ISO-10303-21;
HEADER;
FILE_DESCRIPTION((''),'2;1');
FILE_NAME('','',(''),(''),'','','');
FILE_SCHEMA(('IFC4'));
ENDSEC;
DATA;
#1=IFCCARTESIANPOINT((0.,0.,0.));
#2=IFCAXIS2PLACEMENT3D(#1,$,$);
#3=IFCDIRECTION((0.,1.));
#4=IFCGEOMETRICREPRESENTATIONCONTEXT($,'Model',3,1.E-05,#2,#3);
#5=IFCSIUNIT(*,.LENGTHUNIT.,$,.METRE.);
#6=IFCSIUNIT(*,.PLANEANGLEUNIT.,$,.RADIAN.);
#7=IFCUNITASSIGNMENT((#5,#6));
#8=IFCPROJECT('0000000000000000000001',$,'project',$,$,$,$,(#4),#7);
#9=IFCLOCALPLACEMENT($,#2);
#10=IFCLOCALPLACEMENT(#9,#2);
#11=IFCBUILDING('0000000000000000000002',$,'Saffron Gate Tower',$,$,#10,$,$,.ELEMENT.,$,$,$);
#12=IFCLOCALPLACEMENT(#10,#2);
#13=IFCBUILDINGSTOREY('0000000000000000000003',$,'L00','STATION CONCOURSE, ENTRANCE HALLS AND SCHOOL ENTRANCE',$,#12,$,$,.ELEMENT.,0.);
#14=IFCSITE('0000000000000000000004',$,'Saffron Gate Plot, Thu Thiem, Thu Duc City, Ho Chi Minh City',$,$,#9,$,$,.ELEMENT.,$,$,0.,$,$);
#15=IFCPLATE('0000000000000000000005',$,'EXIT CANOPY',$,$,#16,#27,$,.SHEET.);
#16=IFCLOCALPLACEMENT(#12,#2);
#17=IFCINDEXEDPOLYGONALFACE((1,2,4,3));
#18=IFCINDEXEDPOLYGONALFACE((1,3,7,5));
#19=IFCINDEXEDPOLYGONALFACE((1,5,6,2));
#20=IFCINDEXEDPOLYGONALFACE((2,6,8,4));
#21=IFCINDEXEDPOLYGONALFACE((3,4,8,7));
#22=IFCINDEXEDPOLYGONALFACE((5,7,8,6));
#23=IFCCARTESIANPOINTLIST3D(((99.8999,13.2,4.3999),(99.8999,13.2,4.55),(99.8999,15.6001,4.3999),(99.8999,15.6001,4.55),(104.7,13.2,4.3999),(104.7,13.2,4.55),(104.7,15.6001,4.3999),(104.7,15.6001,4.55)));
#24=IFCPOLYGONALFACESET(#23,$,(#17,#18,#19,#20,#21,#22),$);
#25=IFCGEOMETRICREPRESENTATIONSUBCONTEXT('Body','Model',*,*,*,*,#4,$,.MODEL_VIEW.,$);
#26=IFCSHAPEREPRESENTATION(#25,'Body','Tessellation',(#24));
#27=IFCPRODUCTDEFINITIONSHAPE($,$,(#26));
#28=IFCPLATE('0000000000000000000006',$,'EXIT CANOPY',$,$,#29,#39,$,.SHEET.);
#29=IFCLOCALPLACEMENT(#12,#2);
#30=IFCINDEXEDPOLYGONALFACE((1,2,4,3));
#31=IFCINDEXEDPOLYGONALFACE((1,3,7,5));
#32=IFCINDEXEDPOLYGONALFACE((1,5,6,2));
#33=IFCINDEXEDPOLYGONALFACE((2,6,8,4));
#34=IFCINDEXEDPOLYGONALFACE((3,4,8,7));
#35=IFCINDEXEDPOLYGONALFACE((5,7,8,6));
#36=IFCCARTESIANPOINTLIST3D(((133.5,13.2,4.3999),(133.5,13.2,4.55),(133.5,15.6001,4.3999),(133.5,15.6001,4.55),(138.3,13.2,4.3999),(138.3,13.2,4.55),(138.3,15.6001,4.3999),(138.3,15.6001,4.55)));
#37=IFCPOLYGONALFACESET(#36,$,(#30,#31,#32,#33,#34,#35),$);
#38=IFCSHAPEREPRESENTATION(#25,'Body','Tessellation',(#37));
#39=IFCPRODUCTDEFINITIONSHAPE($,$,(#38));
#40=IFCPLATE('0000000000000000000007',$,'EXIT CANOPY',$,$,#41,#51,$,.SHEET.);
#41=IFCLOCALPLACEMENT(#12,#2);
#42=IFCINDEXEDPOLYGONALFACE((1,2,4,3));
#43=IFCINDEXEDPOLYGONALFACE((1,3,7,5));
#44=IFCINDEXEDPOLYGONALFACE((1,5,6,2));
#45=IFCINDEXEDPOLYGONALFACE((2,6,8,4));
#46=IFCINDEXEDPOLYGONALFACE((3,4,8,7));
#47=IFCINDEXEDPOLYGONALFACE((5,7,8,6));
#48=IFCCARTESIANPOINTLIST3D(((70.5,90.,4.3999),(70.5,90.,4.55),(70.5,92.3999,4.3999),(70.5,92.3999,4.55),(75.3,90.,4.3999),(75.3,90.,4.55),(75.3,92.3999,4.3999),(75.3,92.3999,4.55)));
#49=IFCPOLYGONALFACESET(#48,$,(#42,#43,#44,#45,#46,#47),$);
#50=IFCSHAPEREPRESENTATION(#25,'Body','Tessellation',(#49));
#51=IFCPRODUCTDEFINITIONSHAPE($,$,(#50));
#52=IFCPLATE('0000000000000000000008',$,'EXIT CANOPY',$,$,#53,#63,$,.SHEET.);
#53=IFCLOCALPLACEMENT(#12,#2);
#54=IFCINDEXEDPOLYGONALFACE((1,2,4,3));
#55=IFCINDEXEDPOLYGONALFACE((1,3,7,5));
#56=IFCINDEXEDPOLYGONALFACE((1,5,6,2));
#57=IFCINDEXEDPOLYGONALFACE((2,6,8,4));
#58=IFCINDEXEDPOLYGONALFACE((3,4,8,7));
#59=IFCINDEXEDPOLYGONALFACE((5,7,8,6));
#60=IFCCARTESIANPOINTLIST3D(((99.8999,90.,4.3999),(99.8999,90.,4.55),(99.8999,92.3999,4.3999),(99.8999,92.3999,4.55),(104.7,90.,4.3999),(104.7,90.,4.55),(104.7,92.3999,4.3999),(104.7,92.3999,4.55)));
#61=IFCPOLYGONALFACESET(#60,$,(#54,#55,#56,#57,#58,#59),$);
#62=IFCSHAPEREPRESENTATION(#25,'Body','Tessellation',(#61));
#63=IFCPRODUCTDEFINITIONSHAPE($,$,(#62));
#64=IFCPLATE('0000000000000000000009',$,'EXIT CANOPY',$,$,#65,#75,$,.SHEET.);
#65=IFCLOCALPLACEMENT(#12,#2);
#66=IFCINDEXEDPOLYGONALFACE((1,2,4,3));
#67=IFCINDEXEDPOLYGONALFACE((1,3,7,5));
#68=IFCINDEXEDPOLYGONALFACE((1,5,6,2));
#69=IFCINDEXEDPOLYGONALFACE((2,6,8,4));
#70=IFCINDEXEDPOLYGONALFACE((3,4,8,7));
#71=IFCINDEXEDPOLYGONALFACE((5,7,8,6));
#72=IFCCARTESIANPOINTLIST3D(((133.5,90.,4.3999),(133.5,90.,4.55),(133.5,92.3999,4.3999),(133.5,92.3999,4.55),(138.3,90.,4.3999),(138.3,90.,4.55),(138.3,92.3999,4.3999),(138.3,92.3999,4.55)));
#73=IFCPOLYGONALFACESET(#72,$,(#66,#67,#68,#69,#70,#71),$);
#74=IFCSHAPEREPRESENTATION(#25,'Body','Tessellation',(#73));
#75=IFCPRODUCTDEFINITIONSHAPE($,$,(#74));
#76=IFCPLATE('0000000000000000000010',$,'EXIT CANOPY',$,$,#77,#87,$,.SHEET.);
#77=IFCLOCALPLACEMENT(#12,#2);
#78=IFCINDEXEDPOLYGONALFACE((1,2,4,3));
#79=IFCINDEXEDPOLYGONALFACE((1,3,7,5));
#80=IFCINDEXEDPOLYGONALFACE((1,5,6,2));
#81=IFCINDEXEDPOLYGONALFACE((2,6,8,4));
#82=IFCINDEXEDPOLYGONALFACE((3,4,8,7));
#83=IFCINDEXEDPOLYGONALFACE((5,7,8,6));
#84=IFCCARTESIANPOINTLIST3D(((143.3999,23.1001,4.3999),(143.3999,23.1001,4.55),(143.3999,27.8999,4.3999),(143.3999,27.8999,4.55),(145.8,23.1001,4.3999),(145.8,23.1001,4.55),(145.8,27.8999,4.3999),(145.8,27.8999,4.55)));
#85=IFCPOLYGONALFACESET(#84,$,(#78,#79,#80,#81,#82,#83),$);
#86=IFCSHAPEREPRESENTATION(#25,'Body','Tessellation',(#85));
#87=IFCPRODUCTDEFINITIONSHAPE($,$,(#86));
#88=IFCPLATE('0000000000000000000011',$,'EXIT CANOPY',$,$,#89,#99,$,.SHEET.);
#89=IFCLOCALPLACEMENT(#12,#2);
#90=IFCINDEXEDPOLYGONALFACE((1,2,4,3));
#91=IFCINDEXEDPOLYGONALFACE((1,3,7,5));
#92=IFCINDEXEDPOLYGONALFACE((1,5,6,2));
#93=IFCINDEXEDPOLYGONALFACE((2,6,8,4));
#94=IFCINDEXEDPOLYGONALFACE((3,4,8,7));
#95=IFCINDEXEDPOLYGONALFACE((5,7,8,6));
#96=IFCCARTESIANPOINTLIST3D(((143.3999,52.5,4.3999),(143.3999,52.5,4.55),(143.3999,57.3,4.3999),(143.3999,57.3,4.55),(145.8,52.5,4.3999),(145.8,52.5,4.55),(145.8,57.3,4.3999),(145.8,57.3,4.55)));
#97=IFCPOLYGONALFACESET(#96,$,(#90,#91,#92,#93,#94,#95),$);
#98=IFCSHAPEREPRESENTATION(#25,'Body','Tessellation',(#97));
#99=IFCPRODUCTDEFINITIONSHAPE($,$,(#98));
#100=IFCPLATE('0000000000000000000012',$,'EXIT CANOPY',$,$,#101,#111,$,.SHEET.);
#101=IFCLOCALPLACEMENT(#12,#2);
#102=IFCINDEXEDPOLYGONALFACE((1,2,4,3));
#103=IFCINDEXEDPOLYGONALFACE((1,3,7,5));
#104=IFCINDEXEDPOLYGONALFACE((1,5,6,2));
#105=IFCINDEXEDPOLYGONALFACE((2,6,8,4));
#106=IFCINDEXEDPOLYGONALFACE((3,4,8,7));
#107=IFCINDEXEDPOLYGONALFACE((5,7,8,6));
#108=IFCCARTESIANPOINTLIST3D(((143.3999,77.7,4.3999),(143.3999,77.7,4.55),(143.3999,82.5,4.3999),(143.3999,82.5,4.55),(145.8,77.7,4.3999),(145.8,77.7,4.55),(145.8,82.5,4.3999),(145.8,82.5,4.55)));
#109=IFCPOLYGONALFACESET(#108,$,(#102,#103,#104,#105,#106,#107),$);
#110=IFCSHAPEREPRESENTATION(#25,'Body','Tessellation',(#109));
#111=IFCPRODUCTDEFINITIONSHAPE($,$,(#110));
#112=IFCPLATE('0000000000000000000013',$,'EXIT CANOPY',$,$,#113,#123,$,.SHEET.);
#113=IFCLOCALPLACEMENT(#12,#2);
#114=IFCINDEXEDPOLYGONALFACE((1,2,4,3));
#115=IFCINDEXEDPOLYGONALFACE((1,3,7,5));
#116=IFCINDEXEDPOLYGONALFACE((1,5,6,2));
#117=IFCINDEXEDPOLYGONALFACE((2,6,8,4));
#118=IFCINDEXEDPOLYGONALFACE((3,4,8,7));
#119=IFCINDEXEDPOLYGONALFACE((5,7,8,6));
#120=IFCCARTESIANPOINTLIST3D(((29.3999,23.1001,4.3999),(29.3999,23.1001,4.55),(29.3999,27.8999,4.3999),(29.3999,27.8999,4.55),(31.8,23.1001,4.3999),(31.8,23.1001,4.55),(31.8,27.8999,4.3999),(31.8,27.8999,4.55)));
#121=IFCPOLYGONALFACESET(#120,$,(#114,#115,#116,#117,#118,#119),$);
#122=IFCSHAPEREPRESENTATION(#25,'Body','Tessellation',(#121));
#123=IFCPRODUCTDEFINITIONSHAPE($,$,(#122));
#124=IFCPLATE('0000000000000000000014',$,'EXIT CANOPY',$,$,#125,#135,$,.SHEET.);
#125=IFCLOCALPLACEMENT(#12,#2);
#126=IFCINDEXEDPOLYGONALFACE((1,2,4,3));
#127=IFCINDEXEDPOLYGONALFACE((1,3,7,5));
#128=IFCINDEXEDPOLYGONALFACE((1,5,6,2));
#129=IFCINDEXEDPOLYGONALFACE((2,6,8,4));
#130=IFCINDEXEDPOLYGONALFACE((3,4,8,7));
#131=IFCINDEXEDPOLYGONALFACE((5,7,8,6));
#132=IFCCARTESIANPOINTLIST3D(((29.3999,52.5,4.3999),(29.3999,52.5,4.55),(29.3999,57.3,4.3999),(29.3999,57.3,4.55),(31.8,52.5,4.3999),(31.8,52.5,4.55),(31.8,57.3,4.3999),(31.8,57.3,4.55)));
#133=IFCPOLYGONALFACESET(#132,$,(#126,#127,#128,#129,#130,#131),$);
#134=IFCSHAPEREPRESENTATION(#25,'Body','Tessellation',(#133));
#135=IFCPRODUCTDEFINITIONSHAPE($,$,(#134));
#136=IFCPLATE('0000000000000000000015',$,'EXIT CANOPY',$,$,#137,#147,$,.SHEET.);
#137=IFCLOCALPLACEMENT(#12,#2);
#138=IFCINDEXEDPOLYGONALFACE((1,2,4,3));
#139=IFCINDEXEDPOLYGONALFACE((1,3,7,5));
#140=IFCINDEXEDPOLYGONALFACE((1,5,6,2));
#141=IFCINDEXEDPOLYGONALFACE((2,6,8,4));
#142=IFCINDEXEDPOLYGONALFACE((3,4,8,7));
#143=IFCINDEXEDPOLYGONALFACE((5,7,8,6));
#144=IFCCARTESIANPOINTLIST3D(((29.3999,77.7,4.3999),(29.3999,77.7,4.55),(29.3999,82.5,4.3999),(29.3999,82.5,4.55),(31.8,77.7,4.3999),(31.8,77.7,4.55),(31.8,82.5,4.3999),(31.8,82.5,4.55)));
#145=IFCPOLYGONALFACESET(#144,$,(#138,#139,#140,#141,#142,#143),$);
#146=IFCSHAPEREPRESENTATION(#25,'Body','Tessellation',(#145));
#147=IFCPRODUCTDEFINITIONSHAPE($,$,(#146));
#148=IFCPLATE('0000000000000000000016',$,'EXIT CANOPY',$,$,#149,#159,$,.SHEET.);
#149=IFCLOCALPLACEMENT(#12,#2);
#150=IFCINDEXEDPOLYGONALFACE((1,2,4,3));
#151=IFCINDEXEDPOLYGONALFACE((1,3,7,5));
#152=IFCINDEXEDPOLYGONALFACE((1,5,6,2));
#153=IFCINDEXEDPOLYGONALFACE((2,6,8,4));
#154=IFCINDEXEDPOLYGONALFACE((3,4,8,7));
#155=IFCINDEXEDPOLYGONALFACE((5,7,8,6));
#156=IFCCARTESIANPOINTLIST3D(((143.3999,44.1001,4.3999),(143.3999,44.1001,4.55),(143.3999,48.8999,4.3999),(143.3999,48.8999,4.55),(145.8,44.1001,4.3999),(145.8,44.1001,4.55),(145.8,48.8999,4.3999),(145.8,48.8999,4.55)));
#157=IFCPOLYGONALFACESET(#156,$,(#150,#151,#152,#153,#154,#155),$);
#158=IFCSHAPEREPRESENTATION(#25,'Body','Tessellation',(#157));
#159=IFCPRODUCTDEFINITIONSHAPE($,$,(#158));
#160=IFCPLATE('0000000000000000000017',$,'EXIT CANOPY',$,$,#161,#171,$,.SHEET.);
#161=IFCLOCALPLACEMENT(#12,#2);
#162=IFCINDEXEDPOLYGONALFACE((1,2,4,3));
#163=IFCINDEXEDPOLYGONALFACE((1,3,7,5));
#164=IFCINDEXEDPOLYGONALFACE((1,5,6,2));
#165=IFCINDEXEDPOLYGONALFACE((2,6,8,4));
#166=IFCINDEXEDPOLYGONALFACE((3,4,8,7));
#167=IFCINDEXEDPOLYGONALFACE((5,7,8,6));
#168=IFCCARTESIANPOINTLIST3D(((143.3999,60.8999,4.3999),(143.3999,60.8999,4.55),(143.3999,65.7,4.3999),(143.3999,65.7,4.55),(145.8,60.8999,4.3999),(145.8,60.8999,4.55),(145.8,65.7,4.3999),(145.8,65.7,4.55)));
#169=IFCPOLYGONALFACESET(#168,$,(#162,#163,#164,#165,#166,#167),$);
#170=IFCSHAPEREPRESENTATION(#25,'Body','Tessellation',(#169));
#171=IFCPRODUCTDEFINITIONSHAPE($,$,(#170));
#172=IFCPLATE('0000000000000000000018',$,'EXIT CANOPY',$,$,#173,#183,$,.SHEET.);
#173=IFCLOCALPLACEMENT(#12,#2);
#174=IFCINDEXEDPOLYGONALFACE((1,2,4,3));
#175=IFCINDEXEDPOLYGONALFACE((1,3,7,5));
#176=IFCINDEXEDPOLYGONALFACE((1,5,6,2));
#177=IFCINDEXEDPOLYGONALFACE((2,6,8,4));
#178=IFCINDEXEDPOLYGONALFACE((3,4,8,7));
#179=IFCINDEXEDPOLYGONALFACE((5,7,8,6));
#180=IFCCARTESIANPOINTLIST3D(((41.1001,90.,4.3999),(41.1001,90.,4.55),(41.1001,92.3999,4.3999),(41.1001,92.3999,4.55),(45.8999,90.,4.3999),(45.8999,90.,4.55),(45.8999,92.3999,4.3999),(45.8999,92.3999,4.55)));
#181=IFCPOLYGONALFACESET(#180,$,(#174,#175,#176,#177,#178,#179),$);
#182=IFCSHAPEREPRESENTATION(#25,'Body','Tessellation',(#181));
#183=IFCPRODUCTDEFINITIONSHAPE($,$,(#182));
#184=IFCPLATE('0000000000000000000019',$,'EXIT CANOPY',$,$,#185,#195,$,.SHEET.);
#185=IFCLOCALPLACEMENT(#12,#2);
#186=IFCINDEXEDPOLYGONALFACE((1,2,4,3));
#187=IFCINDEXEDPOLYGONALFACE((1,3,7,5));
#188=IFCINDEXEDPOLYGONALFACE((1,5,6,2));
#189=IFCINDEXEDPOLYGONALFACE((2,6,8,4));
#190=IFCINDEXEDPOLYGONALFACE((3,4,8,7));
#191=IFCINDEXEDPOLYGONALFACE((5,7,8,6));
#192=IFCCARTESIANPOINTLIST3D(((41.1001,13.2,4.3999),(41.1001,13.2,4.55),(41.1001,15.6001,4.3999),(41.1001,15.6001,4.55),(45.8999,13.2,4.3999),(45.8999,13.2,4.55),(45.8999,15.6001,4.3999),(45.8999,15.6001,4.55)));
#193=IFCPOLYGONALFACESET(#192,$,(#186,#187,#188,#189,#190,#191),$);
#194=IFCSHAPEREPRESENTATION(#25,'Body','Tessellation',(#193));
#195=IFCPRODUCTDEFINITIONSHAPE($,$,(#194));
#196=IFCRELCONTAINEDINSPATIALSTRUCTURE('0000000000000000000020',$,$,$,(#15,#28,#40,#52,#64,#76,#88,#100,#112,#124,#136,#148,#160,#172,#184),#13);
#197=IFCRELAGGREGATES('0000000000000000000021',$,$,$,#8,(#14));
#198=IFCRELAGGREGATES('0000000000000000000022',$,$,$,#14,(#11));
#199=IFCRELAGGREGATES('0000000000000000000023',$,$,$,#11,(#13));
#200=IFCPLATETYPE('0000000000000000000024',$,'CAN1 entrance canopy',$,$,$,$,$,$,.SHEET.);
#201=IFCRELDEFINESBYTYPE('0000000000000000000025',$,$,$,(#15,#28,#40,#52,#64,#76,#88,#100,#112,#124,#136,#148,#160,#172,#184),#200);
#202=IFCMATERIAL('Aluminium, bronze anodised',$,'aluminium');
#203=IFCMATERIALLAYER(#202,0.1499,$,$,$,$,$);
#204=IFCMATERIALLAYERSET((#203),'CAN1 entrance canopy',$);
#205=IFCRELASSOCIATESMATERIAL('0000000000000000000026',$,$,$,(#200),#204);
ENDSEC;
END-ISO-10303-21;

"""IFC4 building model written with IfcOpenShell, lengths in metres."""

from ifc_helpers import new_model, si_unit, direction, frame, origin, place, context, subcontext, project, spatial, polyline, outline, extrude, material, layer, layer_set, type_object, element, save


model = new_model("IFC4")

# Units and contexts
model_context = context("Model", 3, precision=1e-05, world=origin(), true_north=direction((0.0, 1.0)))
body_context = subcontext(model_context, "Body", "Model", "MODEL_VIEW")
ifc_project = project(units=[si_unit("LENGTHUNIT", "METRE"), si_unit("PLANEANGLEUNIT", "RADIAN")], contexts=[model_context])

# Site, building, storey
site_placement = place(None, origin())
site = spatial("IfcSite", under=ifc_project, at=site_placement, Name="Saffron Gate Plot, Thu Thiem, Thu Duc City, Ho Chi Minh City", CompositionType="ELEMENT", RefElevation=0.0)
building_placement = place(site_placement, origin())
building = spatial("IfcBuilding", under=site, at=building_placement, Name="Saffron Gate Tower", CompositionType="ELEMENT")
storey_placement = place(building_placement, origin())
storey = spatial("IfcBuildingStorey", under=building, at=storey_placement, Name="L00", Description="STATION CONCOURSE, ENTRANCE HALLS AND SCHOOL ENTRANCE", CompositionType="ELEMENT", Elevation=0.0)

# Plates
ifc_material = material(Name="Aluminium, bronze anodised", Category="aluminium")
ifc_layer = layer(ifc_material, 0.1499)
ifc_layer_set = layer_set([ifc_layer], Name="CAN1 entrance canopy")
plate_type = type_object("IfcPlateType", Name="CAN1 entrance canopy", PredefinedType="SHEET", material=ifc_layer_set)
plate_1_placement = place(storey_placement, frame((0.0, 0.0, 4.3999)))
element("IfcPlate", 1, at=plate_1_placement, inside=storey, type_object=plate_type, Name="EXIT CANOPY", PredefinedType="SHEET", context=body_context, shape_type="SweptSolid", body=[
    extrude(outline(polyline([(99.8999, 15.6001), (104.7, 15.6001), (104.7, 13.2), (99.8999, 13.2), (99.8999, 15.6001)])), origin(), (0.0, 0.0, 1.0), 0.1501),
])
plate_2_placement = place(storey_placement, frame((0.0, 0.0, 4.3999)))
element("IfcPlate", 2, at=plate_2_placement, inside=storey, type_object=plate_type, Name="EXIT CANOPY", PredefinedType="SHEET", context=body_context, shape_type="SweptSolid", body=[
    extrude(outline(polyline([(133.5, 15.6001), (138.3, 15.6001), (138.3, 13.2), (133.5, 13.2), (133.5, 15.6001)])), origin(), (0.0, 0.0, 1.0), 0.1501),
])
plate_3_placement = place(storey_placement, frame((0.0, 0.0, 4.3999)))
element("IfcPlate", 3, at=plate_3_placement, inside=storey, type_object=plate_type, Name="EXIT CANOPY", PredefinedType="SHEET", context=body_context, shape_type="SweptSolid", body=[
    extrude(outline(polyline([(75.3, 90.0), (70.5, 90.0), (70.5, 92.3999), (75.3, 92.3999), (75.3, 90.0)])), origin(), (0.0, 0.0, 1.0), 0.1501),
])
plate_4_placement = place(storey_placement, frame((0.0, 0.0, 4.3999)))
element("IfcPlate", 4, at=plate_4_placement, inside=storey, type_object=plate_type, Name="EXIT CANOPY", PredefinedType="SHEET", context=body_context, shape_type="SweptSolid", body=[
    extrude(outline(polyline([(104.7, 90.0), (99.8999, 90.0), (99.8999, 92.3999), (104.7, 92.3999), (104.7, 90.0)])), origin(), (0.0, 0.0, 1.0), 0.1501),
])
plate_5_placement = place(storey_placement, frame((0.0, 0.0, 4.3999)))
element("IfcPlate", 5, at=plate_5_placement, inside=storey, type_object=plate_type, Name="EXIT CANOPY", PredefinedType="SHEET", context=body_context, shape_type="SweptSolid", body=[
    extrude(outline(polyline([(138.3, 90.0), (133.5, 90.0), (133.5, 92.3999), (138.3, 92.3999), (138.3, 90.0)])), origin(), (0.0, 0.0, 1.0), 0.1501),
])
plate_6_placement = place(storey_placement, frame((0.0, 0.0, 4.3999)))
element("IfcPlate", 6, at=plate_6_placement, inside=storey, type_object=plate_type, Name="EXIT CANOPY", PredefinedType="SHEET", context=body_context, shape_type="SweptSolid", body=[
    extrude(outline(polyline([(143.3999, 23.1001), (143.3999, 27.8999), (145.8, 27.8999), (145.8, 23.1001), (143.3999, 23.1001)])), origin(), (0.0, 0.0, 1.0), 0.1501),
])
plate_7_placement = place(storey_placement, frame((0.0, 0.0, 4.3999)))
element("IfcPlate", 7, at=plate_7_placement, inside=storey, type_object=plate_type, Name="EXIT CANOPY", PredefinedType="SHEET", context=body_context, shape_type="SweptSolid", body=[
    extrude(outline(polyline([(143.3999, 52.5), (143.3999, 57.3), (145.8, 57.3), (145.8, 52.5), (143.3999, 52.5)])), origin(), (0.0, 0.0, 1.0), 0.1501),
])
plate_8_placement = place(storey_placement, frame((0.0, 0.0, 4.3999)))
element("IfcPlate", 8, at=plate_8_placement, inside=storey, type_object=plate_type, Name="EXIT CANOPY", PredefinedType="SHEET", context=body_context, shape_type="SweptSolid", body=[
    extrude(outline(polyline([(143.3999, 77.7), (143.3999, 82.5), (145.8, 82.5), (145.8, 77.7), (143.3999, 77.7)])), origin(), (0.0, 0.0, 1.0), 0.1501),
])
plate_9_placement = place(storey_placement, frame((0.0, 0.0, 4.3999)))
element("IfcPlate", 9, at=plate_9_placement, inside=storey, type_object=plate_type, Name="EXIT CANOPY", PredefinedType="SHEET", context=body_context, shape_type="SweptSolid", body=[
    extrude(outline(polyline([(31.8, 27.8999), (31.8, 23.1001), (29.3999, 23.1001), (29.3999, 27.8999), (31.8, 27.8999)])), origin(), (0.0, 0.0, 1.0), 0.1501),
])
plate_10_placement = place(storey_placement, frame((0.0, 0.0, 4.3999)))
element("IfcPlate", 10, at=plate_10_placement, inside=storey, type_object=plate_type, Name="EXIT CANOPY", PredefinedType="SHEET", context=body_context, shape_type="SweptSolid", body=[
    extrude(outline(polyline([(31.8, 57.3), (31.8, 52.5), (29.3999, 52.5), (29.3999, 57.3), (31.8, 57.3)])), origin(), (0.0, 0.0, 1.0), 0.1501),
])
plate_11_placement = place(storey_placement, frame((0.0, 0.0, 4.3999)))
element("IfcPlate", 11, at=plate_11_placement, inside=storey, type_object=plate_type, Name="EXIT CANOPY", PredefinedType="SHEET", context=body_context, shape_type="SweptSolid", body=[
    extrude(outline(polyline([(31.8, 82.5), (31.8, 77.7), (29.3999, 77.7), (29.3999, 82.5), (31.8, 82.5)])), origin(), (0.0, 0.0, 1.0), 0.1501),
])
plate_12_placement = place(storey_placement, frame((0.0, 0.0, 4.3999)))
element("IfcPlate", 12, at=plate_12_placement, inside=storey, type_object=plate_type, Name="EXIT CANOPY", PredefinedType="SHEET", context=body_context, shape_type="SweptSolid", body=[
    extrude(outline(polyline([(143.3999, 44.1001), (143.3999, 48.8999), (145.8, 48.8999), (145.8, 44.1001), (143.3999, 44.1001)])), origin(), (0.0, 0.0, 1.0), 0.1501),
])
plate_13_placement = place(storey_placement, frame((0.0, 0.0, 4.3999)))
element("IfcPlate", 13, at=plate_13_placement, inside=storey, type_object=plate_type, Name="EXIT CANOPY", PredefinedType="SHEET", context=body_context, shape_type="SweptSolid", body=[
    extrude(outline(polyline([(143.3999, 60.8999), (143.3999, 65.7), (145.8, 65.7), (145.8, 60.8999), (143.3999, 60.8999)])), origin(), (0.0, 0.0, 1.0), 0.1501),
])
plate_14_placement = place(storey_placement, frame((0.0, 0.0, 4.3999)))
element("IfcPlate", 14, at=plate_14_placement, inside=storey, type_object=plate_type, Name="EXIT CANOPY", PredefinedType="SHEET", context=body_context, shape_type="SweptSolid", body=[
    extrude(outline(polyline([(45.8999, 90.0), (41.1001, 90.0), (41.1001, 92.3999), (45.8999, 92.3999), (45.8999, 90.0)])), origin(), (0.0, 0.0, 1.0), 0.1501),
])
plate_15_placement = place(storey_placement, frame((0.0, 0.0, 4.3999)))
element("IfcPlate", 15, at=plate_15_placement, inside=storey, type_object=plate_type, Name="EXIT CANOPY", PredefinedType="SHEET", context=body_context, shape_type="SweptSolid", body=[
    extrude(outline(polyline([(41.1001, 15.6001), (45.8999, 15.6001), (45.8999, 13.2), (41.1001, 13.2), (41.1001, 15.6001)])), origin(), (0.0, 0.0, 1.0), 0.1501),
])

save(model, "model.ifc")
